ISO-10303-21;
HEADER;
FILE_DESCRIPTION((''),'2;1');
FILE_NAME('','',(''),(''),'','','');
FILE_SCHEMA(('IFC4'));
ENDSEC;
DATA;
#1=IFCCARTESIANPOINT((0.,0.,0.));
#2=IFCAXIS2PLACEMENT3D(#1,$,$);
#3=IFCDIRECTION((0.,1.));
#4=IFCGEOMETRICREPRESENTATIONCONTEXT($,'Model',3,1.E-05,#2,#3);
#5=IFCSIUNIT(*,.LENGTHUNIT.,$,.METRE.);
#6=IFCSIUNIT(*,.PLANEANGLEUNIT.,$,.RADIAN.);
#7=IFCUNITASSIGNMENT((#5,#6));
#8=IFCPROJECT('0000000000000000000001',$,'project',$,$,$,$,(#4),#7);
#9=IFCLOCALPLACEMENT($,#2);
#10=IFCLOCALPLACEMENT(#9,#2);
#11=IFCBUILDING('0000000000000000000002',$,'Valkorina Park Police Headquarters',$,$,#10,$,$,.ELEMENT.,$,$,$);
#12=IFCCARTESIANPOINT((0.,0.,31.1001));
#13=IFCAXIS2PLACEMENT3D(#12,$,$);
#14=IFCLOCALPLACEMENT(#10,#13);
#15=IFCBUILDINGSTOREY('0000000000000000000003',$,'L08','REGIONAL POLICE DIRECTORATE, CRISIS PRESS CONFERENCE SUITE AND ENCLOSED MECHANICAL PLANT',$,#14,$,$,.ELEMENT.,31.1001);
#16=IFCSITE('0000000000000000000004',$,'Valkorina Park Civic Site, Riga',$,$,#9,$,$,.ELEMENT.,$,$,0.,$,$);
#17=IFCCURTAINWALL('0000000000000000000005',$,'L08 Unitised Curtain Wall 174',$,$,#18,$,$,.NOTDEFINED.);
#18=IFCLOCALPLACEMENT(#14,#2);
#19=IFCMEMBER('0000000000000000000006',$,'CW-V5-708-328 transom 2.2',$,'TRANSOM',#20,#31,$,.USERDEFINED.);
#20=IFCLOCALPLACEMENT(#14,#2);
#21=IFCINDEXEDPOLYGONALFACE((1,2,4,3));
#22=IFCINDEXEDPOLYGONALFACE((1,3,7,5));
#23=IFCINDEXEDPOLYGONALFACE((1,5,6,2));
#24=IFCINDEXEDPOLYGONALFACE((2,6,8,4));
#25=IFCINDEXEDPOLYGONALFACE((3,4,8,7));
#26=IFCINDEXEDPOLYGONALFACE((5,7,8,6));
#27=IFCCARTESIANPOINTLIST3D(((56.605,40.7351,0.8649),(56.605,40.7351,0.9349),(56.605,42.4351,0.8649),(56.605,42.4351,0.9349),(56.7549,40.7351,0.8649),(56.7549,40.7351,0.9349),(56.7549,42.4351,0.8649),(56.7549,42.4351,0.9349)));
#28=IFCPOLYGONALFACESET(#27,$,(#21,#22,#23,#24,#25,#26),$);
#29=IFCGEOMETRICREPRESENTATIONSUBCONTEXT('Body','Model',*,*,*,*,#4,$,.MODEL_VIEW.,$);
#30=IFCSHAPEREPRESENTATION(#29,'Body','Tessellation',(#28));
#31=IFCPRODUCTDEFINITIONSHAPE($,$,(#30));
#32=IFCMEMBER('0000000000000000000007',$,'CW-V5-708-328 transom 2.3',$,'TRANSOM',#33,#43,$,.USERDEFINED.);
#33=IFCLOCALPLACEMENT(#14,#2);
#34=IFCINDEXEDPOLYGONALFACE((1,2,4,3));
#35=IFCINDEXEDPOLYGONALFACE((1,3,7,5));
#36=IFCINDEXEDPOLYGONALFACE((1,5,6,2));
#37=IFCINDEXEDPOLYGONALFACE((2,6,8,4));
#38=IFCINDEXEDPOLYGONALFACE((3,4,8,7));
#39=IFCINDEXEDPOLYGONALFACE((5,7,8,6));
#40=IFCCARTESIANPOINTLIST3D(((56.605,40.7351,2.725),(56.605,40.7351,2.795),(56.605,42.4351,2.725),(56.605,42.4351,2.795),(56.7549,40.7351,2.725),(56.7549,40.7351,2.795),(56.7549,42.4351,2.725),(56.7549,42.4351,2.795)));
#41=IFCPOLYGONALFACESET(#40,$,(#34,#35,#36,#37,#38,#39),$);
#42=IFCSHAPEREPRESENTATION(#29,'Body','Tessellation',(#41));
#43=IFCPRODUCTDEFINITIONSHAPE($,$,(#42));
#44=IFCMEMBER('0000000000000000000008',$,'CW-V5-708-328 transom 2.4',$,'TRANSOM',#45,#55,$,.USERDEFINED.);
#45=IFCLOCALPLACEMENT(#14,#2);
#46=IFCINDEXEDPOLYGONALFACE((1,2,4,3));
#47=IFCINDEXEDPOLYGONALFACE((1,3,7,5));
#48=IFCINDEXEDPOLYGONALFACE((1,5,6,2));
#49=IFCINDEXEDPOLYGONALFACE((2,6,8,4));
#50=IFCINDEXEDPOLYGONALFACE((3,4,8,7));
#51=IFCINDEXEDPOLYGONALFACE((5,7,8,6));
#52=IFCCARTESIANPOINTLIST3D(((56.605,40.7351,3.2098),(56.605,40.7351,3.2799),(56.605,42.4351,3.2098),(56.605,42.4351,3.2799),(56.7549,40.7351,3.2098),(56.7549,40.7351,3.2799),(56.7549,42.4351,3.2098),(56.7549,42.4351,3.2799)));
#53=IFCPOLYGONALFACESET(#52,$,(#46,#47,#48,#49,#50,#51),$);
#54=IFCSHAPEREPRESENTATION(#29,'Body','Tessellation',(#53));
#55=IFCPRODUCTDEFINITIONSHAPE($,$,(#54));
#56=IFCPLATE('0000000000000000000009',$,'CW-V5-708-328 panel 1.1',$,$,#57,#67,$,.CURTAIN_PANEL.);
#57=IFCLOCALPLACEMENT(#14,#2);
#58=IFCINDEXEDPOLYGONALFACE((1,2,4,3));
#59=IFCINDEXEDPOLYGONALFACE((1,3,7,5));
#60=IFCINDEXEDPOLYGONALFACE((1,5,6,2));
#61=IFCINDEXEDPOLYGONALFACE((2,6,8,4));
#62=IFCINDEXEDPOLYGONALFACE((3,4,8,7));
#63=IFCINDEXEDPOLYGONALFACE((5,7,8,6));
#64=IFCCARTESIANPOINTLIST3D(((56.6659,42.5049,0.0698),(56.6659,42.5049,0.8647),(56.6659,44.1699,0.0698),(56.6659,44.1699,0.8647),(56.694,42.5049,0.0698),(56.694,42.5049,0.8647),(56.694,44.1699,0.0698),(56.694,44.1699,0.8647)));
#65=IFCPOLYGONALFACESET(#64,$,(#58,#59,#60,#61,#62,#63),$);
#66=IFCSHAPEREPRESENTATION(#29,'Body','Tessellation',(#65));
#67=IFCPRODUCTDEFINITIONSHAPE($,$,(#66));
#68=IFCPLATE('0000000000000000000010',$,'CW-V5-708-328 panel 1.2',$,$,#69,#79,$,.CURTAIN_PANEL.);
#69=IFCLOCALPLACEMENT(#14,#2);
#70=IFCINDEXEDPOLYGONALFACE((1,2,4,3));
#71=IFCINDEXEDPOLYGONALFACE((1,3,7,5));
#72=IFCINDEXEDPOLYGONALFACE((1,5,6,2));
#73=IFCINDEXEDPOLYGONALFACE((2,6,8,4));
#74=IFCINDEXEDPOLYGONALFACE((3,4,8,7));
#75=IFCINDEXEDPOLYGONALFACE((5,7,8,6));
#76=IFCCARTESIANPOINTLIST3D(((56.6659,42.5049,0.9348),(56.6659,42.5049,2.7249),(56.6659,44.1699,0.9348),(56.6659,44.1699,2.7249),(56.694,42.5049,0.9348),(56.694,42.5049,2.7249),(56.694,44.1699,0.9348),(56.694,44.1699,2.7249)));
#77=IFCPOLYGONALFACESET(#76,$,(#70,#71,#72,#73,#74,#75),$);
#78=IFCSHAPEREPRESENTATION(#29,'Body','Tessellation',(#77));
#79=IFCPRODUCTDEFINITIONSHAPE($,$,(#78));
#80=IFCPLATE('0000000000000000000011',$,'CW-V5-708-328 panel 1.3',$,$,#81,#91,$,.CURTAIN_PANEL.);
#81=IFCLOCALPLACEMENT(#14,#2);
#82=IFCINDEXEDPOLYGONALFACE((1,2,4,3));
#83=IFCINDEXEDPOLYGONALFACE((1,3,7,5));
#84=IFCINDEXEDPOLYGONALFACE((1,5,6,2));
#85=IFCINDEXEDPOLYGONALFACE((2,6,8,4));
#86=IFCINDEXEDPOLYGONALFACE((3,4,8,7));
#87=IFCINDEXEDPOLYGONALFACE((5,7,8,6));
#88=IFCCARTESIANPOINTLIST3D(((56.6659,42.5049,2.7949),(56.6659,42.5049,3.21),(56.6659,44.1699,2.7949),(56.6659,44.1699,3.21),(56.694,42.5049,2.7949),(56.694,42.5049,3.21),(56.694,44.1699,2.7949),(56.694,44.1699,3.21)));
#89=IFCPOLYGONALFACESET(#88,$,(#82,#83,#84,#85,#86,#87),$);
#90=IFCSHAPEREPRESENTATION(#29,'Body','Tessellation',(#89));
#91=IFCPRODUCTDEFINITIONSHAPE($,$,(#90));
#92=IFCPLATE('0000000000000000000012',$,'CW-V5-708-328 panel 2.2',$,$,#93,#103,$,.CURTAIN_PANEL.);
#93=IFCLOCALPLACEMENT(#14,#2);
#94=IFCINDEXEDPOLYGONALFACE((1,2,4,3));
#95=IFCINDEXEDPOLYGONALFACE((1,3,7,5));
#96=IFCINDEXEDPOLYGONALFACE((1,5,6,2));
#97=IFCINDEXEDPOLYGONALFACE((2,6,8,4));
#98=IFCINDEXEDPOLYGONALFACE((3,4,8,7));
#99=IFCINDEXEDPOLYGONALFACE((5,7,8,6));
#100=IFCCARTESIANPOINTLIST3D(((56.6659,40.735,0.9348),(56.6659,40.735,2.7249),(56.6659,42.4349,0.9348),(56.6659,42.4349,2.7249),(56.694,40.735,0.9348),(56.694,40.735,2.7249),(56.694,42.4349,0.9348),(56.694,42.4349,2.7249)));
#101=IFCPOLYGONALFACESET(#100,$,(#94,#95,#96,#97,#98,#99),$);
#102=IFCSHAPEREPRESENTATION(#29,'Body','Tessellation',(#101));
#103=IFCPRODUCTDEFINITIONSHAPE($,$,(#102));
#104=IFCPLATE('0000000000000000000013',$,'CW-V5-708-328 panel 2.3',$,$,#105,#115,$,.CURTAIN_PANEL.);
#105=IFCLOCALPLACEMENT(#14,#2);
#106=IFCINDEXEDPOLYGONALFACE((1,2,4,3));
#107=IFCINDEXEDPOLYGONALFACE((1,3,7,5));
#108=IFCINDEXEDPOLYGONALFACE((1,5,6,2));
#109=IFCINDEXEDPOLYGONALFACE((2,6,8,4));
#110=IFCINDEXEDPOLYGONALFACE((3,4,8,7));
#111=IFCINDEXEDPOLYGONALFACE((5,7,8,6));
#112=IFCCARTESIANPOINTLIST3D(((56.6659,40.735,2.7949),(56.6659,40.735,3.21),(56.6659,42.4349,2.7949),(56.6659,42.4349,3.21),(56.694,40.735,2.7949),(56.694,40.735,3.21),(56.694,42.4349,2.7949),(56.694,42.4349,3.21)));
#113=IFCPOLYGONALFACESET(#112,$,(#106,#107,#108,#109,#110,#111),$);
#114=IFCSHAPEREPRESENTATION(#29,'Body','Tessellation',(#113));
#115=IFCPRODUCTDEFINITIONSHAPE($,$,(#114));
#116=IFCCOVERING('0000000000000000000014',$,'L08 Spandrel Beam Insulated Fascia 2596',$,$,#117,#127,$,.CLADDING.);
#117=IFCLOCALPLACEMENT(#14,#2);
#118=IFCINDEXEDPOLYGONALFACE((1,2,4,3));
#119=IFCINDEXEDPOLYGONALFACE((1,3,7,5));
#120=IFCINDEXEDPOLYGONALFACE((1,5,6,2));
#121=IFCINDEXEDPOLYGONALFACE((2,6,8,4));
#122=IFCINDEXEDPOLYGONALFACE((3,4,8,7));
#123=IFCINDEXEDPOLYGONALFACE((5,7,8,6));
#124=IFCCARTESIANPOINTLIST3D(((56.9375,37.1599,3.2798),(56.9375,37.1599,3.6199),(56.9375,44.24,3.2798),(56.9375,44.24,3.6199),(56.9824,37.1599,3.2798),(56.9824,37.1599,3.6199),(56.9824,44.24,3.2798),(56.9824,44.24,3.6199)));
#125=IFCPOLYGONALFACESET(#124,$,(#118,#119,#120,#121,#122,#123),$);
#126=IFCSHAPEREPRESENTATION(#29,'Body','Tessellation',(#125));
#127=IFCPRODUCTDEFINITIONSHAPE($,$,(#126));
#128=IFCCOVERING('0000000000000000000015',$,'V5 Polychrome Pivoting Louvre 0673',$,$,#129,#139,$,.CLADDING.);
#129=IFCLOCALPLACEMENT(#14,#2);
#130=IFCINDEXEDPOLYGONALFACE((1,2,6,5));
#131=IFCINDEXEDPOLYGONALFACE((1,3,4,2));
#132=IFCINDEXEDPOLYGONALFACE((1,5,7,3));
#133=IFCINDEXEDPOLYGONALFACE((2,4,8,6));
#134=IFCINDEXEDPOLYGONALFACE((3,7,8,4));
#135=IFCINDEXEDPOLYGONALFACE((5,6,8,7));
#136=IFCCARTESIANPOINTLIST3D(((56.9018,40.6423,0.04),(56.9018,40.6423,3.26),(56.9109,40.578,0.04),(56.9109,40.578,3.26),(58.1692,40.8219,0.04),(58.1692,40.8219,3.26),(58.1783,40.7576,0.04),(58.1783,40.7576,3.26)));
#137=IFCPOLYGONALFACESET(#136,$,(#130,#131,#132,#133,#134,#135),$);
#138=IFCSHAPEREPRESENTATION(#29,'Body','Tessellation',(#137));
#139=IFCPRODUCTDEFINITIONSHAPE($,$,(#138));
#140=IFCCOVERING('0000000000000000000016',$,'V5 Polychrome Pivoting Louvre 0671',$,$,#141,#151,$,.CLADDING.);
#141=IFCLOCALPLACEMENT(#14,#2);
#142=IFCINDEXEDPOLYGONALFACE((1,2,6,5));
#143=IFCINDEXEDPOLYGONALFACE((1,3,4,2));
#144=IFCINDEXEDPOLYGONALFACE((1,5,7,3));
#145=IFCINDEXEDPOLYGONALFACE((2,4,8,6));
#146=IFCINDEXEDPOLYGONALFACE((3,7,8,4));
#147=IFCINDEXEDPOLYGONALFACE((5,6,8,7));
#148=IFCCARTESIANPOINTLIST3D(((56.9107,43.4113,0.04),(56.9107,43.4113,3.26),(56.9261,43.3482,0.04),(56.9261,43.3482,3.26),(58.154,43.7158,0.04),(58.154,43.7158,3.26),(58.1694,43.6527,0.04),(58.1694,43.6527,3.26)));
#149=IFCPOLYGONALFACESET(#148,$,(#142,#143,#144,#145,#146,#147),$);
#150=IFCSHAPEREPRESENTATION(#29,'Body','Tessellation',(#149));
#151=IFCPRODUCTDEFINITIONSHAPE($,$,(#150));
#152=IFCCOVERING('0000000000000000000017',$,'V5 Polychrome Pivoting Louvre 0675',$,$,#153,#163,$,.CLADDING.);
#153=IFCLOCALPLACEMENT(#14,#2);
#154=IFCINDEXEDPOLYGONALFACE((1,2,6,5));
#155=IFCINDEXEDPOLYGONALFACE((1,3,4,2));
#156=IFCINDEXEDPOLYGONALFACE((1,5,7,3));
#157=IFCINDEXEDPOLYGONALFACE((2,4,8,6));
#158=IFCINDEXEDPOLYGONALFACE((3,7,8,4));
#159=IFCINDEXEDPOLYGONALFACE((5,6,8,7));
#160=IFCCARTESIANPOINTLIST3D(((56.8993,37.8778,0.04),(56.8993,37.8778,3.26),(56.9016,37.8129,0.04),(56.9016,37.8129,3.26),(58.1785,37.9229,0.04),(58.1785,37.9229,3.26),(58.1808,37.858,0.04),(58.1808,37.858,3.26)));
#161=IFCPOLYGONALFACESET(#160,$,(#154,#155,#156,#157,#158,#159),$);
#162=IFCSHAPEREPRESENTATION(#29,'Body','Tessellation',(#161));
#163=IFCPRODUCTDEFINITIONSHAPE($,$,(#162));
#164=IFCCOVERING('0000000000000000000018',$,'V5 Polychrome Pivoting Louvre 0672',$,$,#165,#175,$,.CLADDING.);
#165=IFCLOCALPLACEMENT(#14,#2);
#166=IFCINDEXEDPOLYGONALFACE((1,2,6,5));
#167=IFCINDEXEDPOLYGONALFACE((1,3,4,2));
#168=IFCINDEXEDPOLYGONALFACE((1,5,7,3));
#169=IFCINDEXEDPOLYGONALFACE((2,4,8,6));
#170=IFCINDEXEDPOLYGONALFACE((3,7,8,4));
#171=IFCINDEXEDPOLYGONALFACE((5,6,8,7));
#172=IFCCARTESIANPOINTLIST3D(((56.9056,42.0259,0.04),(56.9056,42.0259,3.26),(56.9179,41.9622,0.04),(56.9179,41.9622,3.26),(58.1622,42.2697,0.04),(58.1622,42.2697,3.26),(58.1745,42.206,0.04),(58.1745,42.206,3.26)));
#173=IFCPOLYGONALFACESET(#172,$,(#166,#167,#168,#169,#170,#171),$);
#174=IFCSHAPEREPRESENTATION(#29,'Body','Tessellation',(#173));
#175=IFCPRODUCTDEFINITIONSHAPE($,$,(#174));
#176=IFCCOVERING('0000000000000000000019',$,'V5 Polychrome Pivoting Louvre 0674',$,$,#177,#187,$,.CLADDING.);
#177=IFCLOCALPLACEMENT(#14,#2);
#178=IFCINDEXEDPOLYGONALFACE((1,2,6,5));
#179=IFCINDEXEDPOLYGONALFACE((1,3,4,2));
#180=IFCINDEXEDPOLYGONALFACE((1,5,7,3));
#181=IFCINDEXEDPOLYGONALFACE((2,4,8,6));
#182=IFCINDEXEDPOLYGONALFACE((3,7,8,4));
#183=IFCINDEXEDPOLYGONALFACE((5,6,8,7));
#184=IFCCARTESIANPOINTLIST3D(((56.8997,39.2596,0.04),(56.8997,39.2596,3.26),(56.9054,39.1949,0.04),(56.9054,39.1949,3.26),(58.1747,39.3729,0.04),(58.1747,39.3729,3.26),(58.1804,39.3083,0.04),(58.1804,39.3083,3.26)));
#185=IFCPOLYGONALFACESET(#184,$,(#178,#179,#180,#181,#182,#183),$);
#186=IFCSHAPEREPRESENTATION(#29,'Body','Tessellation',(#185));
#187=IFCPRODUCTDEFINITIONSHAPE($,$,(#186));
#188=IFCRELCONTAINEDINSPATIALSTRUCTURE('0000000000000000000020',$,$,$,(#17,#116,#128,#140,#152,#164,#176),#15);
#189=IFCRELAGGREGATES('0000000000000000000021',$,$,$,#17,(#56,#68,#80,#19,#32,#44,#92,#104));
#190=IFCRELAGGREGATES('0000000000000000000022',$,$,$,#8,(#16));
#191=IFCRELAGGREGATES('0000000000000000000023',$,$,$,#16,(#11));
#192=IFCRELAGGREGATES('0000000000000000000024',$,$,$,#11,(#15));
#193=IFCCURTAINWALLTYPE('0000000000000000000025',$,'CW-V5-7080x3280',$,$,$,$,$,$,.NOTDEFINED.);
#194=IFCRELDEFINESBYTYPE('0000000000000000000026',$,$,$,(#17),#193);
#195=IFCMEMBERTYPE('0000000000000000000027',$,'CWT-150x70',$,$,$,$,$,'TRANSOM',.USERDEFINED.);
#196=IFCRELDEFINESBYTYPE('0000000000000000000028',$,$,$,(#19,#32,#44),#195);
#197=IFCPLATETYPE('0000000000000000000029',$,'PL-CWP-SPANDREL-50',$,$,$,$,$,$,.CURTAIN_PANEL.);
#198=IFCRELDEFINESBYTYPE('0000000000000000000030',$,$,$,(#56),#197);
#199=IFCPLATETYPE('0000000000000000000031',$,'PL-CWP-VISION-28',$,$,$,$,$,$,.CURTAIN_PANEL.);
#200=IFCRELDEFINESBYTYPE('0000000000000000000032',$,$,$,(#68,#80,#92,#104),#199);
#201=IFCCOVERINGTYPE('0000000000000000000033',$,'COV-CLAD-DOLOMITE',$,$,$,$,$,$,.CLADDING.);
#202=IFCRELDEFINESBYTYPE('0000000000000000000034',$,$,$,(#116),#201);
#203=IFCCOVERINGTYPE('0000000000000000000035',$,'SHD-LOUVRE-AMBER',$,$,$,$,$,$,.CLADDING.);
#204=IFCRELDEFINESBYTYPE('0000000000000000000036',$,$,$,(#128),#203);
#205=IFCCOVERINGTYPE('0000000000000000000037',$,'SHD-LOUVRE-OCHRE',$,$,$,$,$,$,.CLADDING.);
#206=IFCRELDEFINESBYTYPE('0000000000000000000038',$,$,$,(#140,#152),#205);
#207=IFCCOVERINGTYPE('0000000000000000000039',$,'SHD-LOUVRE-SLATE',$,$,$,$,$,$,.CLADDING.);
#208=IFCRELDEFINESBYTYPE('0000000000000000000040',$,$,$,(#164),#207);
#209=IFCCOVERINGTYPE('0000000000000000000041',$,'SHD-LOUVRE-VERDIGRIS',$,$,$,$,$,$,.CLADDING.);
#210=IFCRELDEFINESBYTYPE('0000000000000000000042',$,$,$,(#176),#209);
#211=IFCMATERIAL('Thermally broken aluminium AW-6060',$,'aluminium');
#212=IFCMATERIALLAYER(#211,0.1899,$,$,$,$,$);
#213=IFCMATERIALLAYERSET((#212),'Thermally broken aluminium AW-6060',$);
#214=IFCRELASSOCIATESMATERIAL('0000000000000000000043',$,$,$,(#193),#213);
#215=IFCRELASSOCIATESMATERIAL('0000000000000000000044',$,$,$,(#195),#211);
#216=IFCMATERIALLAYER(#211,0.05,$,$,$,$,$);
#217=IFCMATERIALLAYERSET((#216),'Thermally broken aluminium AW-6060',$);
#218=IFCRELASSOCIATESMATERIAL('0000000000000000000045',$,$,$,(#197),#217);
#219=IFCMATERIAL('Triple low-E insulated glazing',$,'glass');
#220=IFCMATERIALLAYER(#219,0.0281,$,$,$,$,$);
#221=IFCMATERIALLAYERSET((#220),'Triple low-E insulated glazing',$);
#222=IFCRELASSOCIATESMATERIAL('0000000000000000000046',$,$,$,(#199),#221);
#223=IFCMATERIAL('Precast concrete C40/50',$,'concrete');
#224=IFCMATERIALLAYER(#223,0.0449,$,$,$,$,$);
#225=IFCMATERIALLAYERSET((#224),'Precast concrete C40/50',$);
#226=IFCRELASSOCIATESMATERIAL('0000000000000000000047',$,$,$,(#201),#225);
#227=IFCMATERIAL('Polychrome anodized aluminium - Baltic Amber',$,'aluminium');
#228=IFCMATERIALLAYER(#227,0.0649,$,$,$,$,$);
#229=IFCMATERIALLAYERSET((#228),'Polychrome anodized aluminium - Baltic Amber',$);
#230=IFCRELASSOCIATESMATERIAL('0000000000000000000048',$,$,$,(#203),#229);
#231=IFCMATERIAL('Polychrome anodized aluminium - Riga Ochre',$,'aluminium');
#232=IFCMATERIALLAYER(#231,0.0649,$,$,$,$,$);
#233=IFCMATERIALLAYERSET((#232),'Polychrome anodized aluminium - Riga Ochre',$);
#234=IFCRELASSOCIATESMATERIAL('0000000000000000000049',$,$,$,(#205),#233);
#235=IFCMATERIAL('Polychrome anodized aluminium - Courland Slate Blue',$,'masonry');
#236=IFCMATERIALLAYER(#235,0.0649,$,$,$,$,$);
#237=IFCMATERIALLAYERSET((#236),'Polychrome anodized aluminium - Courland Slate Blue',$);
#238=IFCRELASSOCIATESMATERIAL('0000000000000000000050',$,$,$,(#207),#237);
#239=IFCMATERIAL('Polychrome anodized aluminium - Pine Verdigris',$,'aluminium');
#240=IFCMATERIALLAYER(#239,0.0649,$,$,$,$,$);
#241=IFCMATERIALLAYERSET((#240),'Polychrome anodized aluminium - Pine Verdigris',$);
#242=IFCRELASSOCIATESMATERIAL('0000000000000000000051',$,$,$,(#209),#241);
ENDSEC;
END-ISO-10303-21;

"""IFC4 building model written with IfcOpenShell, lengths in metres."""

from ifc_helpers import new_model, si_unit, direction, frame, frame_2d, origin, origin_2d, place, context, subcontext, project, spatial, rectangle, extrude, material, layer, layer_set, material_profile, profile_set, type_object, element, aggregate, save


model = new_model("IFC4")

# Units and contexts
model_context = context("Model", 3, precision=1e-05, world=origin(), true_north=direction((0.0, 1.0)))
body_context = subcontext(model_context, "Body", "Model", "MODEL_VIEW")
ifc_project = project(units=[si_unit("LENGTHUNIT", "METRE"), si_unit("PLANEANGLEUNIT", "RADIAN")], contexts=[model_context])

# Site, building, storey
site_placement = place(None, origin())
site = spatial("IfcSite", under=ifc_project, at=site_placement, Name="Valkorina Park Civic Site, Riga", CompositionType="ELEMENT", RefElevation=0.0)
building_placement = place(site_placement, origin())
building = spatial("IfcBuilding", under=site, at=building_placement, Name="Valkorina Park Police Headquarters", CompositionType="ELEMENT")
storey_placement = place(building_placement, frame((0.0, 0.0, 31.1001)))
storey = spatial("IfcBuildingStorey", under=building, at=storey_placement, Name="L08", Description="REGIONAL POLICE DIRECTORATE, CRISIS PRESS CONFERENCE SUITE AND ENCLOSED MECHANICAL PLANT", CompositionType="ELEMENT", Elevation=31.1001)

# Curtain wall, members, plates
ifc_material_1 = material(Name="Thermally broken aluminium AW-6060", Category="aluminium")
ifc_layer_1 = layer(ifc_material_1, 0.1899)
ifc_layer_set_1 = layer_set([ifc_layer_1], Name="Thermally broken aluminium AW-6060")
curtain_wall_type = type_object("IfcCurtainWallType", Name="CW-V5-7080x3280", PredefinedType="NOTDEFINED", material=ifc_layer_set_1)
curtain_wall_placement = place(storey_placement, origin())
curtain_wall = element("IfcCurtainWall", 1, at=curtain_wall_placement, inside=storey, type_object=curtain_wall_type, Name="L08 Unitised Curtain Wall 174", PredefinedType="NOTDEFINED")
ifc_material_profile_1 = material_profile(ifc_material_1, rectangle(XDim=0.1499, YDim=0.0701, at=origin_2d()), Name="CWT-02 150x70")
ifc_profile_set_1 = profile_set([ifc_material_profile_1], Name="Thermally broken aluminium AW-6060")
member_type_1 = type_object("IfcMemberType", Name="CWT-150x70", ElementType="TRANSOM", PredefinedType="USERDEFINED", material=ifc_profile_set_1)
member_1_placement = place(storey_placement, frame((56.6799, 42.4351, 0.8999), z_axis=(0.0, -1.0, 0.0), x_axis=(1.0, 0.0, 0.0)))
member_1 = element("IfcMember", 2, at=member_1_placement, type_object=member_type_1, Name="CW-V5-708-328 transom 2.2", ObjectType="TRANSOM", PredefinedType="USERDEFINED", context=body_context, shape_type="SweptSolid", body=[
    extrude(rectangle(XDim=0.1499, YDim=0.0701, at=origin_2d()), origin(), (0.0, 0.0, 1.0), 1.7),
])
member_2_placement = place(storey_placement, frame((56.6799, 42.4351, 2.76), z_axis=(0.0, -1.0, 0.0), x_axis=(1.0, 0.0, 0.0)))
member_2 = element("IfcMember", 3, at=member_2_placement, type_object=member_type_1, Name="CW-V5-708-328 transom 2.3", ObjectType="TRANSOM", PredefinedType="USERDEFINED", context=body_context, shape_type="SweptSolid", body=[
    extrude(rectangle(XDim=0.1499, YDim=0.0701, at=origin_2d()), origin(), (0.0, 0.0, 1.0), 1.7),
])
member_3_placement = place(storey_placement, frame((56.6799, 42.4351, 3.2449), z_axis=(0.0, -1.0, 0.0), x_axis=(1.0, 0.0, 0.0)))
member_3 = element("IfcMember", 4, at=member_3_placement, type_object=member_type_1, Name="CW-V5-708-328 transom 2.4", ObjectType="TRANSOM", PredefinedType="USERDEFINED", context=body_context, shape_type="SweptSolid", body=[
    extrude(rectangle(XDim=0.1499, YDim=0.0701, at=origin_2d()), origin(), (0.0, 0.0, 1.0), 1.7),
])
ifc_layer_2 = layer(ifc_material_1, 0.05)
ifc_layer_set_2 = layer_set([ifc_layer_2], Name="Thermally broken aluminium AW-6060")
plate_type_1 = type_object("IfcPlateType", Name="PL-CWP-SPANDREL-50", PredefinedType="CURTAIN_PANEL", material=ifc_layer_set_2)
plate_1_placement = place(storey_placement, frame((56.6799, 43.3374, 0.0698), z_axis=(0.0, 0.0, 1.0), x_axis=(0.0, -1.0, 0.0)))
plate_1 = element("IfcPlate", 5, at=plate_1_placement, type_object=plate_type_1, Name="CW-V5-708-328 panel 1.1", PredefinedType="CURTAIN_PANEL", context=body_context, shape_type="SweptSolid", body=[
    extrude(rectangle(XDim=1.665, YDim=0.0281, at=origin_2d()), origin(), (0.0, 0.0, 1.0), 0.7949),
])
ifc_material_2 = material(Name="Triple low-E insulated glazing", Category="glass")
ifc_layer_3 = layer(ifc_material_2, 0.0281)
ifc_layer_set_3 = layer_set([ifc_layer_3], Name="Triple low-E insulated glazing")
plate_type_2 = type_object("IfcPlateType", Name="PL-CWP-VISION-28", PredefinedType="CURTAIN_PANEL", material=ifc_layer_set_3)
plate_2_placement = place(storey_placement, frame((56.6799, 43.3374, 0.9348), z_axis=(0.0, 0.0, 1.0), x_axis=(0.0, -1.0, 0.0)))
plate_2 = element("IfcPlate", 6, at=plate_2_placement, type_object=plate_type_2, Name="CW-V5-708-328 panel 1.2", PredefinedType="CURTAIN_PANEL", context=body_context, shape_type="SweptSolid", body=[
    extrude(rectangle(XDim=1.665, YDim=0.0281, at=origin_2d()), origin(), (0.0, 0.0, 1.0), 1.79),
])
plate_3_placement = place(storey_placement, frame((56.6799, 43.3374, 2.7949), z_axis=(0.0, 0.0, 1.0), x_axis=(0.0, -1.0, 0.0)))
plate_3 = element("IfcPlate", 7, at=plate_3_placement, type_object=plate_type_2, Name="CW-V5-708-328 panel 1.3", PredefinedType="CURTAIN_PANEL", context=body_context, shape_type="SweptSolid", body=[
    extrude(rectangle(XDim=1.665, YDim=0.0281, at=origin_2d()), origin(), (0.0, 0.0, 1.0), 0.415),
])
plate_4_placement = place(storey_placement, frame((56.6799, 41.585, 0.9348), z_axis=(0.0, 0.0, 1.0), x_axis=(0.0, -1.0, 0.0)))
plate_4 = element("IfcPlate", 8, at=plate_4_placement, type_object=plate_type_2, Name="CW-V5-708-328 panel 2.2", PredefinedType="CURTAIN_PANEL", context=body_context, shape_type="SweptSolid", body=[
    extrude(rectangle(XDim=1.7, YDim=0.0281, at=origin_2d()), origin(), (0.0, 0.0, 1.0), 1.79),
])
plate_5_placement = place(storey_placement, frame((56.6799, 41.585, 2.7949), z_axis=(0.0, 0.0, 1.0), x_axis=(0.0, -1.0, 0.0)))
plate_5 = element("IfcPlate", 9, at=plate_5_placement, type_object=plate_type_2, Name="CW-V5-708-328 panel 2.3", PredefinedType="CURTAIN_PANEL", context=body_context, shape_type="SweptSolid", body=[
    extrude(rectangle(XDim=1.7, YDim=0.0281, at=origin_2d()), origin(), (0.0, 0.0, 1.0), 0.415),
])
aggregate(curtain_wall, [plate_1, plate_2, plate_3, member_1, member_2, member_3, plate_4, plate_5])

# Covering
ifc_material_3 = material(Name="Precast concrete C40/50", Category="concrete")
ifc_layer_4 = layer(ifc_material_3, 0.0449)
ifc_layer_set_4 = layer_set([ifc_layer_4], Name="Precast concrete C40/50")
covering_type_1 = type_object("IfcCoveringType", Name="COV-CLAD-DOLOMITE", PredefinedType="CLADDING", material=ifc_layer_set_4)
covering_1_placement = place(storey_placement, frame((56.96, 44.24, 3.2798), z_axis=(0.0, 0.0, 1.0), x_axis=(0.0, -1.0, 0.0)))
element("IfcCovering", 10, at=covering_1_placement, inside=storey, type_object=covering_type_1, Name="L08 Spandrel Beam Insulated Fascia 2596", PredefinedType="CLADDING", context=body_context, shape_type="SweptSolid", body=[
    extrude(rectangle(XDim=7.0801, YDim=0.0449, at=frame_2d((3.54, 0.0))), origin(), (0.0, 0.0, 1.0), 0.3401),
])

# Coverings
ifc_material_4 = material(Name="Polychrome anodized aluminium - Baltic Amber", Category="aluminium")
ifc_layer_5 = layer(ifc_material_4, 0.0649)
ifc_layer_set_5 = layer_set([ifc_layer_5], Name="Polychrome anodized aluminium - Baltic Amber")
covering_type_2 = type_object("IfcCoveringType", Name="SHD-LOUVRE-AMBER", PredefinedType="CLADDING", material=ifc_layer_set_5)
covering_2_placement = place(storey_placement, frame((57.54, 40.7, 0.04), z_axis=(0.0, 0.0, 1.0), x_axis=(0.990097, 0.140383, 0.0)))
element("IfcCovering", 11, at=covering_2_placement, inside=storey, type_object=covering_type_2, Name="V5 Polychrome Pivoting Louvre 0673", PredefinedType="CLADDING", context=body_context, shape_type="SweptSolid", body=[
    extrude(rectangle(XDim=1.28, YDim=0.0649, at=origin_2d()), origin(), (0.0, 0.0, 1.0), 3.22),
])
ifc_material_5 = material(Name="Polychrome anodized aluminium - Riga Ochre", Category="aluminium")
ifc_layer_6 = layer(ifc_material_5, 0.0649)
ifc_layer_set_6 = layer_set([ifc_layer_6], Name="Polychrome anodized aluminium - Riga Ochre")
covering_type_3 = type_object("IfcCoveringType", Name="SHD-LOUVRE-OCHRE", PredefinedType="CLADDING", material=ifc_layer_set_6)
for number, where, z_axis, x_axis, name in (
    (12, (57.54, 43.532, 0.04), (0.0, 0.0, 1.0), (0.971301, 0.237855, 0.0), "V5 Polychrome Pivoting Louvre 0671"),
    (13, (57.54, 37.8679, 0.04), (0.0, 0.0, 1.0), (0.999379, 0.035248, 0.0), "V5 Polychrome Pivoting Louvre 0675"),
):
    element("IfcCovering", number, at=place(storey_placement, frame(where, z_axis=z_axis, x_axis=x_axis)), inside=storey, type_object=covering_type_3, Name=name, PredefinedType="CLADDING", context=body_context, shape_type="SweptSolid", body=[
        extrude(rectangle(XDim=1.28, YDim=0.0649, at=origin_2d()), origin(), (0.0, 0.0, 1.0), 3.22),
    ])
ifc_material_6 = material(Name="Polychrome anodized aluminium - Courland Slate Blue", Category="masonry")
ifc_layer_7 = layer(ifc_material_6, 0.0649)
ifc_layer_set_7 = layer_set([ifc_layer_7], Name="Polychrome anodized aluminium - Courland Slate Blue")
covering_type_4 = type_object("IfcCoveringType", Name="SHD-LOUVRE-SLATE", PredefinedType="CLADDING", material=ifc_layer_set_7)
covering_3_placement = place(storey_placement, frame((57.54, 42.116, 0.04), z_axis=(0.0, 0.0, 1.0), x_axis=(0.981694, 0.190466, 0.0)))
element("IfcCovering", 14, at=covering_3_placement, inside=storey, type_object=covering_type_4, Name="V5 Polychrome Pivoting Louvre 0672", PredefinedType="CLADDING", context=body_context, shape_type="SweptSolid", body=[
    extrude(rectangle(XDim=1.28, YDim=0.0649, at=origin_2d()), origin(), (0.0, 0.0, 1.0), 3.22),
])
ifc_material_7 = material(Name="Polychrome anodized aluminium - Pine Verdigris", Category="aluminium")
ifc_layer_8 = layer(ifc_material_7, 0.0649)
ifc_layer_set_8 = layer_set([ifc_layer_8], Name="Polychrome anodized aluminium - Pine Verdigris")
covering_type_5 = type_object("IfcCoveringType", Name="SHD-LOUVRE-VERDIGRIS", PredefinedType="CLADDING", material=ifc_layer_set_8)
covering_4_placement = place(storey_placement, frame((57.54, 39.2839, 0.04), z_axis=(0.0, 0.0, 1.0), x_axis=(0.996072, 0.088547, 0.0)))
element("IfcCovering", 15, at=covering_4_placement, inside=storey, type_object=covering_type_5, Name="V5 Polychrome Pivoting Louvre 0674", PredefinedType="CLADDING", context=body_context, shape_type="SweptSolid", body=[
    extrude(rectangle(XDim=1.28, YDim=0.0649, at=origin_2d()), origin(), (0.0, 0.0, 1.0), 3.22),
])

save(model, "model.ifc")
